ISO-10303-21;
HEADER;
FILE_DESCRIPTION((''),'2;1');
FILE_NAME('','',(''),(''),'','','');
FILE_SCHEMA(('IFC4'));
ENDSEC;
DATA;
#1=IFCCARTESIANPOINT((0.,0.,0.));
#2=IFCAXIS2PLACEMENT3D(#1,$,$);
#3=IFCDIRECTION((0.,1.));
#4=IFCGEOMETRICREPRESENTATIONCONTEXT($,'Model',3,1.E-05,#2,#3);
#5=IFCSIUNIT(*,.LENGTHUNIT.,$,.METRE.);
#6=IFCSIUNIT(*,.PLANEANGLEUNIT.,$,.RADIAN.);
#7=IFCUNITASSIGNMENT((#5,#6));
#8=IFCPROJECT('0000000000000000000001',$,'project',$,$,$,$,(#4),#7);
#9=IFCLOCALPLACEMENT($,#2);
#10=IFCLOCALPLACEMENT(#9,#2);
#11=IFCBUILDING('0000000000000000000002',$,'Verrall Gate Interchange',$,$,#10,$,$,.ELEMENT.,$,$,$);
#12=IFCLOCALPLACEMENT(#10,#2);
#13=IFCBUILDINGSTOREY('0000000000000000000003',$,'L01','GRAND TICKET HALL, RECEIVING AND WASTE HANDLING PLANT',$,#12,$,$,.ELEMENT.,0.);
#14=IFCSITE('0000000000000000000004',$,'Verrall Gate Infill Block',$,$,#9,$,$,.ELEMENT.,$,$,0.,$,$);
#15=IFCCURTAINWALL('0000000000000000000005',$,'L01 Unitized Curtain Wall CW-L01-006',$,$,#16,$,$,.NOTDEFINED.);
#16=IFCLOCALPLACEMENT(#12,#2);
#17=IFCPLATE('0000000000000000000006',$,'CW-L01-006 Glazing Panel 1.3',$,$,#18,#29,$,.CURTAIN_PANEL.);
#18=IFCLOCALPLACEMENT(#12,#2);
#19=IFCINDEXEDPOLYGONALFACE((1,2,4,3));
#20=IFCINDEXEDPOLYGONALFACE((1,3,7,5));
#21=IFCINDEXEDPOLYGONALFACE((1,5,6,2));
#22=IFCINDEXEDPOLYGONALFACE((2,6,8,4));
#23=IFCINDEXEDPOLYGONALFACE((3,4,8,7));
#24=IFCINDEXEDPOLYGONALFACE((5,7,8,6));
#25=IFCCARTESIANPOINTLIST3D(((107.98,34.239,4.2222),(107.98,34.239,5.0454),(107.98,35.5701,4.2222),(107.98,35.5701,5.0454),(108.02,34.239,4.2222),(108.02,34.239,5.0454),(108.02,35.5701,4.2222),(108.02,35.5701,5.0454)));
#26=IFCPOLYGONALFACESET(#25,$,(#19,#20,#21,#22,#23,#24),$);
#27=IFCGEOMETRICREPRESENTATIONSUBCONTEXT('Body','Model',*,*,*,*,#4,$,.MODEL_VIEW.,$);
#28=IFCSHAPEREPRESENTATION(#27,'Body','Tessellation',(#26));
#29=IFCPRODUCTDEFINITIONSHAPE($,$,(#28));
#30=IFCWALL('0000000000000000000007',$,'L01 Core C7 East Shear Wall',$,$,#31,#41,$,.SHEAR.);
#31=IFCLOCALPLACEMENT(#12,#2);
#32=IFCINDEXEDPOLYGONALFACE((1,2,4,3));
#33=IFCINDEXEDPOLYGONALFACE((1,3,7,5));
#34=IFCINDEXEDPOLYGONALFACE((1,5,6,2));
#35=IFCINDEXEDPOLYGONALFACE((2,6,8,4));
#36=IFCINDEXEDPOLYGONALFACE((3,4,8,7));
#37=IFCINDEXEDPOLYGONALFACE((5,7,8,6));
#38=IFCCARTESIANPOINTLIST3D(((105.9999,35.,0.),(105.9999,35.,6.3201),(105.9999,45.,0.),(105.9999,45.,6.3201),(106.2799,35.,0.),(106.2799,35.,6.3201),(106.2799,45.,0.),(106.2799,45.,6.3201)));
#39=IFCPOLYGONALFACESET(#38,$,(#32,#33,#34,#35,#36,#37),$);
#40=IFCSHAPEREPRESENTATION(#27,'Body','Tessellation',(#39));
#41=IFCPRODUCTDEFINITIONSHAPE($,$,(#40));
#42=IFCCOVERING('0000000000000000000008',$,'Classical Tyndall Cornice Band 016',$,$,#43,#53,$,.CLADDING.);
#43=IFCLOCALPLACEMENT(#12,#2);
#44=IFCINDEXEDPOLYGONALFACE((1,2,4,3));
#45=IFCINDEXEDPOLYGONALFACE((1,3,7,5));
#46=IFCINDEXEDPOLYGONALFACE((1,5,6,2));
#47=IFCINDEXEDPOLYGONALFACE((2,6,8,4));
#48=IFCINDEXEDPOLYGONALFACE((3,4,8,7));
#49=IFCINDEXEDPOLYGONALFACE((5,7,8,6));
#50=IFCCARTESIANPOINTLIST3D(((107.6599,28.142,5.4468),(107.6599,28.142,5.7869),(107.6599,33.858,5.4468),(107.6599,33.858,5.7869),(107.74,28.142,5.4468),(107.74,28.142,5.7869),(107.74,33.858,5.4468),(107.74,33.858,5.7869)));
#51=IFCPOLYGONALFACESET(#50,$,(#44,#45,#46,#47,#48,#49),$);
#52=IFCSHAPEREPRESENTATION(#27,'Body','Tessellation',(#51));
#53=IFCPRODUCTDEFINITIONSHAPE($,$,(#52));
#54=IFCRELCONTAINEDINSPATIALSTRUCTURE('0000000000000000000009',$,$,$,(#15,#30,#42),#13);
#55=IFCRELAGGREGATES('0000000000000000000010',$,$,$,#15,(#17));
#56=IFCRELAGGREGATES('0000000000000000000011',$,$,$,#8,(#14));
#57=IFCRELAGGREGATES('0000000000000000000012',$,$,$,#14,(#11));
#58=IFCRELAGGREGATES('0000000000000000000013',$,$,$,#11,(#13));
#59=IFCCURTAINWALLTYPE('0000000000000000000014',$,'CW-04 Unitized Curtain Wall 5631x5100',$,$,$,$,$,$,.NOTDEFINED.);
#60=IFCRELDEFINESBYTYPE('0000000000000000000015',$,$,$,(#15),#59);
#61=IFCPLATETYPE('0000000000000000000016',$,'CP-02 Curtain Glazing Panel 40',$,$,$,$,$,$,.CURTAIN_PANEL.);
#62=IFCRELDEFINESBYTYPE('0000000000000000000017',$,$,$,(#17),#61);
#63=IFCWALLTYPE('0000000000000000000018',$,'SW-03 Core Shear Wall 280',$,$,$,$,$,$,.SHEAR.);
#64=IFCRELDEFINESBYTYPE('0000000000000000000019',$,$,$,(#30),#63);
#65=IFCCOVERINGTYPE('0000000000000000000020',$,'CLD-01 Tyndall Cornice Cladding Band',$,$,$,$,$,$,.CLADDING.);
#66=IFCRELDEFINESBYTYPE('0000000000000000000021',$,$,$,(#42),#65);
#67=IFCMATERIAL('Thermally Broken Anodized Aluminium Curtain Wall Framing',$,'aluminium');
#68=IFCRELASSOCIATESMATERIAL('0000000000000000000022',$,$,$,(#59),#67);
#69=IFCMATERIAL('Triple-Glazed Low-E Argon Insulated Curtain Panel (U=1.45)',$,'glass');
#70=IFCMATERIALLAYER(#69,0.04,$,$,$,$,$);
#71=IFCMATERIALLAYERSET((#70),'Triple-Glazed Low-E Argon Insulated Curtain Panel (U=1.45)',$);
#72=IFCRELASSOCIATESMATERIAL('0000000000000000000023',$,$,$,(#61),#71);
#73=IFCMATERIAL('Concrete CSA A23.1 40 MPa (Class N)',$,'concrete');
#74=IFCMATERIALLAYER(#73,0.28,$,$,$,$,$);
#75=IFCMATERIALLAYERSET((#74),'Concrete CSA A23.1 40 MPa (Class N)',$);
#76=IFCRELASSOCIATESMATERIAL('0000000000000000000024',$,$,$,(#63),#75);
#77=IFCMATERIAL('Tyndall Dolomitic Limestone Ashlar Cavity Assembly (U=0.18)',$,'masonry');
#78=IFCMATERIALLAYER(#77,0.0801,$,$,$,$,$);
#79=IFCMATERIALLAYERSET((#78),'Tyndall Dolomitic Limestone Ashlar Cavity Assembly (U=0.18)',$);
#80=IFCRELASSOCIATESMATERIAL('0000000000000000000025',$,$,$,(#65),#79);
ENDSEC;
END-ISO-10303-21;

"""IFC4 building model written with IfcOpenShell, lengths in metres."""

from ifc_helpers import new_model, si_unit, direction, frame, frame_2d, origin, origin_2d, place, context, subcontext, project, spatial, rectangle, extrude, material, layer, layer_set, type_object, element, aggregate, save


model = new_model("IFC4")

# Units and contexts
model_context = context("Model", 3, precision=1e-05, world=origin(), true_north=direction((0.0, 1.0)))
body_context = subcontext(model_context, "Body", "Model", "MODEL_VIEW")
ifc_project = project(units=[si_unit("LENGTHUNIT", "METRE"), si_unit("PLANEANGLEUNIT", "RADIAN")], contexts=[model_context])

# Site, building, storey
site_placement = place(None, origin())
site = spatial("IfcSite", under=ifc_project, at=site_placement, Name="Verrall Gate Infill Block", CompositionType="ELEMENT", RefElevation=0.0)
building_placement = place(site_placement, origin())
building = spatial("IfcBuilding", under=site, at=building_placement, Name="Verrall Gate Interchange", CompositionType="ELEMENT")
storey_placement = place(building_placement, origin())
storey = spatial("IfcBuildingStorey", under=building, at=storey_placement, Name="L01", Description="GRAND TICKET HALL, RECEIVING AND WASTE HANDLING PLANT", CompositionType="ELEMENT", Elevation=0.0)

# Curtain wall
ifc_material_1 = material(Name="Thermally Broken Anodized Aluminium Curtain Wall Framing", Category="aluminium")
curtain_wall_type = type_object("IfcCurtainWallType", Name="CW-04 Unitized Curtain Wall 5631x5100", PredefinedType="NOTDEFINED", material=ifc_material_1)
curtain_wall_1_placement = place(storey_placement, origin())
curtain_wall_1 = element("IfcCurtainWall", 1, at=curtain_wall_1_placement, inside=storey, type_object=curtain_wall_type, Name="L01 Unitized Curtain Wall CW-L01-006", PredefinedType="NOTDEFINED")

# Plate
ifc_material_2 = material(Name="Triple-Glazed Low-E Argon Insulated Curtain Panel (U=1.45)", Category="glass")
ifc_layer_1 = layer(ifc_material_2, 0.04)
ifc_layer_set_1 = layer_set([ifc_layer_1], Name="Triple-Glazed Low-E Argon Insulated Curtain Panel (U=1.45)")
plate_type_1 = type_object("IfcPlateType", Name="CP-02 Curtain Glazing Panel 40", PredefinedType="CURTAIN_PANEL", material=ifc_layer_set_1)
plate_1_placement = place(storey_placement, frame((108.0, 34.9045, 4.2222), z_axis=(0.0, 0.0, 1.0), x_axis=(0.0, 1.0, 0.0)))
plate_1 = element("IfcPlate", 2, at=plate_1_placement, type_object=plate_type_1, Name="CW-L01-006 Glazing Panel 1.3", PredefinedType="CURTAIN_PANEL", context=body_context, shape_type="SweptSolid", body=[
    extrude(rectangle(XDim=1.3311, YDim=0.04, at=origin_2d()), origin(), (0.0, 0.0, 1.0), 0.8232),
])
aggregate(curtain_wall_1, [plate_1])

# Wall
ifc_material_3 = material(Name="Concrete CSA A23.1 40 MPa (Class N)", Category="concrete")
ifc_layer_2 = layer(ifc_material_3, 0.28)
ifc_layer_set_2 = layer_set([ifc_layer_2], Name="Concrete CSA A23.1 40 MPa (Class N)")
wall_type_1 = type_object("IfcWallType", Name="SW-03 Core Shear Wall 280", PredefinedType="SHEAR", material=ifc_layer_set_2)
wall_1_placement = place(storey_placement, frame((106.1399, 35.0, 0.0), z_axis=(0.0, 0.0, 1.0), x_axis=(0.0, 1.0, 0.0)))
element("IfcWall", 3, at=wall_1_placement, inside=storey, type_object=wall_type_1, Name="L01 Core C7 East Shear Wall", PredefinedType="SHEAR", context=body_context, shape_type="SweptSolid", body=[
    extrude(rectangle(XDim=10.0, YDim=0.28, at=frame_2d((5.0, 0.0))), origin(), (0.0, 0.0, 1.0), 6.3201),
])

# Covering
ifc_material_4 = material(Name="Tyndall Dolomitic Limestone Ashlar Cavity Assembly (U=0.18)", Category="masonry")
ifc_layer_3 = layer(ifc_material_4, 0.0801)
ifc_layer_set_3 = layer_set([ifc_layer_3], Name="Tyndall Dolomitic Limestone Ashlar Cavity Assembly (U=0.18)")
covering_type = type_object("IfcCoveringType", Name="CLD-01 Tyndall Cornice Cladding Band", PredefinedType="CLADDING", material=ifc_layer_set_3)
covering_placement = place(storey_placement, frame((107.7, 31.0, 5.4468), z_axis=(0.0, 0.0, 1.0), x_axis=(0.0, -1.0, 0.0)))
element("IfcCovering", 4, at=covering_placement, inside=storey, type_object=covering_type, Name="Classical Tyndall Cornice Band 016", PredefinedType="CLADDING", context=body_context, shape_type="SweptSolid", body=[
    extrude(rectangle(XDim=5.7161, YDim=0.0801, at=origin_2d()), origin(), (0.0, 0.0, 1.0), 0.3401),
])

save(model, "model.ifc")
